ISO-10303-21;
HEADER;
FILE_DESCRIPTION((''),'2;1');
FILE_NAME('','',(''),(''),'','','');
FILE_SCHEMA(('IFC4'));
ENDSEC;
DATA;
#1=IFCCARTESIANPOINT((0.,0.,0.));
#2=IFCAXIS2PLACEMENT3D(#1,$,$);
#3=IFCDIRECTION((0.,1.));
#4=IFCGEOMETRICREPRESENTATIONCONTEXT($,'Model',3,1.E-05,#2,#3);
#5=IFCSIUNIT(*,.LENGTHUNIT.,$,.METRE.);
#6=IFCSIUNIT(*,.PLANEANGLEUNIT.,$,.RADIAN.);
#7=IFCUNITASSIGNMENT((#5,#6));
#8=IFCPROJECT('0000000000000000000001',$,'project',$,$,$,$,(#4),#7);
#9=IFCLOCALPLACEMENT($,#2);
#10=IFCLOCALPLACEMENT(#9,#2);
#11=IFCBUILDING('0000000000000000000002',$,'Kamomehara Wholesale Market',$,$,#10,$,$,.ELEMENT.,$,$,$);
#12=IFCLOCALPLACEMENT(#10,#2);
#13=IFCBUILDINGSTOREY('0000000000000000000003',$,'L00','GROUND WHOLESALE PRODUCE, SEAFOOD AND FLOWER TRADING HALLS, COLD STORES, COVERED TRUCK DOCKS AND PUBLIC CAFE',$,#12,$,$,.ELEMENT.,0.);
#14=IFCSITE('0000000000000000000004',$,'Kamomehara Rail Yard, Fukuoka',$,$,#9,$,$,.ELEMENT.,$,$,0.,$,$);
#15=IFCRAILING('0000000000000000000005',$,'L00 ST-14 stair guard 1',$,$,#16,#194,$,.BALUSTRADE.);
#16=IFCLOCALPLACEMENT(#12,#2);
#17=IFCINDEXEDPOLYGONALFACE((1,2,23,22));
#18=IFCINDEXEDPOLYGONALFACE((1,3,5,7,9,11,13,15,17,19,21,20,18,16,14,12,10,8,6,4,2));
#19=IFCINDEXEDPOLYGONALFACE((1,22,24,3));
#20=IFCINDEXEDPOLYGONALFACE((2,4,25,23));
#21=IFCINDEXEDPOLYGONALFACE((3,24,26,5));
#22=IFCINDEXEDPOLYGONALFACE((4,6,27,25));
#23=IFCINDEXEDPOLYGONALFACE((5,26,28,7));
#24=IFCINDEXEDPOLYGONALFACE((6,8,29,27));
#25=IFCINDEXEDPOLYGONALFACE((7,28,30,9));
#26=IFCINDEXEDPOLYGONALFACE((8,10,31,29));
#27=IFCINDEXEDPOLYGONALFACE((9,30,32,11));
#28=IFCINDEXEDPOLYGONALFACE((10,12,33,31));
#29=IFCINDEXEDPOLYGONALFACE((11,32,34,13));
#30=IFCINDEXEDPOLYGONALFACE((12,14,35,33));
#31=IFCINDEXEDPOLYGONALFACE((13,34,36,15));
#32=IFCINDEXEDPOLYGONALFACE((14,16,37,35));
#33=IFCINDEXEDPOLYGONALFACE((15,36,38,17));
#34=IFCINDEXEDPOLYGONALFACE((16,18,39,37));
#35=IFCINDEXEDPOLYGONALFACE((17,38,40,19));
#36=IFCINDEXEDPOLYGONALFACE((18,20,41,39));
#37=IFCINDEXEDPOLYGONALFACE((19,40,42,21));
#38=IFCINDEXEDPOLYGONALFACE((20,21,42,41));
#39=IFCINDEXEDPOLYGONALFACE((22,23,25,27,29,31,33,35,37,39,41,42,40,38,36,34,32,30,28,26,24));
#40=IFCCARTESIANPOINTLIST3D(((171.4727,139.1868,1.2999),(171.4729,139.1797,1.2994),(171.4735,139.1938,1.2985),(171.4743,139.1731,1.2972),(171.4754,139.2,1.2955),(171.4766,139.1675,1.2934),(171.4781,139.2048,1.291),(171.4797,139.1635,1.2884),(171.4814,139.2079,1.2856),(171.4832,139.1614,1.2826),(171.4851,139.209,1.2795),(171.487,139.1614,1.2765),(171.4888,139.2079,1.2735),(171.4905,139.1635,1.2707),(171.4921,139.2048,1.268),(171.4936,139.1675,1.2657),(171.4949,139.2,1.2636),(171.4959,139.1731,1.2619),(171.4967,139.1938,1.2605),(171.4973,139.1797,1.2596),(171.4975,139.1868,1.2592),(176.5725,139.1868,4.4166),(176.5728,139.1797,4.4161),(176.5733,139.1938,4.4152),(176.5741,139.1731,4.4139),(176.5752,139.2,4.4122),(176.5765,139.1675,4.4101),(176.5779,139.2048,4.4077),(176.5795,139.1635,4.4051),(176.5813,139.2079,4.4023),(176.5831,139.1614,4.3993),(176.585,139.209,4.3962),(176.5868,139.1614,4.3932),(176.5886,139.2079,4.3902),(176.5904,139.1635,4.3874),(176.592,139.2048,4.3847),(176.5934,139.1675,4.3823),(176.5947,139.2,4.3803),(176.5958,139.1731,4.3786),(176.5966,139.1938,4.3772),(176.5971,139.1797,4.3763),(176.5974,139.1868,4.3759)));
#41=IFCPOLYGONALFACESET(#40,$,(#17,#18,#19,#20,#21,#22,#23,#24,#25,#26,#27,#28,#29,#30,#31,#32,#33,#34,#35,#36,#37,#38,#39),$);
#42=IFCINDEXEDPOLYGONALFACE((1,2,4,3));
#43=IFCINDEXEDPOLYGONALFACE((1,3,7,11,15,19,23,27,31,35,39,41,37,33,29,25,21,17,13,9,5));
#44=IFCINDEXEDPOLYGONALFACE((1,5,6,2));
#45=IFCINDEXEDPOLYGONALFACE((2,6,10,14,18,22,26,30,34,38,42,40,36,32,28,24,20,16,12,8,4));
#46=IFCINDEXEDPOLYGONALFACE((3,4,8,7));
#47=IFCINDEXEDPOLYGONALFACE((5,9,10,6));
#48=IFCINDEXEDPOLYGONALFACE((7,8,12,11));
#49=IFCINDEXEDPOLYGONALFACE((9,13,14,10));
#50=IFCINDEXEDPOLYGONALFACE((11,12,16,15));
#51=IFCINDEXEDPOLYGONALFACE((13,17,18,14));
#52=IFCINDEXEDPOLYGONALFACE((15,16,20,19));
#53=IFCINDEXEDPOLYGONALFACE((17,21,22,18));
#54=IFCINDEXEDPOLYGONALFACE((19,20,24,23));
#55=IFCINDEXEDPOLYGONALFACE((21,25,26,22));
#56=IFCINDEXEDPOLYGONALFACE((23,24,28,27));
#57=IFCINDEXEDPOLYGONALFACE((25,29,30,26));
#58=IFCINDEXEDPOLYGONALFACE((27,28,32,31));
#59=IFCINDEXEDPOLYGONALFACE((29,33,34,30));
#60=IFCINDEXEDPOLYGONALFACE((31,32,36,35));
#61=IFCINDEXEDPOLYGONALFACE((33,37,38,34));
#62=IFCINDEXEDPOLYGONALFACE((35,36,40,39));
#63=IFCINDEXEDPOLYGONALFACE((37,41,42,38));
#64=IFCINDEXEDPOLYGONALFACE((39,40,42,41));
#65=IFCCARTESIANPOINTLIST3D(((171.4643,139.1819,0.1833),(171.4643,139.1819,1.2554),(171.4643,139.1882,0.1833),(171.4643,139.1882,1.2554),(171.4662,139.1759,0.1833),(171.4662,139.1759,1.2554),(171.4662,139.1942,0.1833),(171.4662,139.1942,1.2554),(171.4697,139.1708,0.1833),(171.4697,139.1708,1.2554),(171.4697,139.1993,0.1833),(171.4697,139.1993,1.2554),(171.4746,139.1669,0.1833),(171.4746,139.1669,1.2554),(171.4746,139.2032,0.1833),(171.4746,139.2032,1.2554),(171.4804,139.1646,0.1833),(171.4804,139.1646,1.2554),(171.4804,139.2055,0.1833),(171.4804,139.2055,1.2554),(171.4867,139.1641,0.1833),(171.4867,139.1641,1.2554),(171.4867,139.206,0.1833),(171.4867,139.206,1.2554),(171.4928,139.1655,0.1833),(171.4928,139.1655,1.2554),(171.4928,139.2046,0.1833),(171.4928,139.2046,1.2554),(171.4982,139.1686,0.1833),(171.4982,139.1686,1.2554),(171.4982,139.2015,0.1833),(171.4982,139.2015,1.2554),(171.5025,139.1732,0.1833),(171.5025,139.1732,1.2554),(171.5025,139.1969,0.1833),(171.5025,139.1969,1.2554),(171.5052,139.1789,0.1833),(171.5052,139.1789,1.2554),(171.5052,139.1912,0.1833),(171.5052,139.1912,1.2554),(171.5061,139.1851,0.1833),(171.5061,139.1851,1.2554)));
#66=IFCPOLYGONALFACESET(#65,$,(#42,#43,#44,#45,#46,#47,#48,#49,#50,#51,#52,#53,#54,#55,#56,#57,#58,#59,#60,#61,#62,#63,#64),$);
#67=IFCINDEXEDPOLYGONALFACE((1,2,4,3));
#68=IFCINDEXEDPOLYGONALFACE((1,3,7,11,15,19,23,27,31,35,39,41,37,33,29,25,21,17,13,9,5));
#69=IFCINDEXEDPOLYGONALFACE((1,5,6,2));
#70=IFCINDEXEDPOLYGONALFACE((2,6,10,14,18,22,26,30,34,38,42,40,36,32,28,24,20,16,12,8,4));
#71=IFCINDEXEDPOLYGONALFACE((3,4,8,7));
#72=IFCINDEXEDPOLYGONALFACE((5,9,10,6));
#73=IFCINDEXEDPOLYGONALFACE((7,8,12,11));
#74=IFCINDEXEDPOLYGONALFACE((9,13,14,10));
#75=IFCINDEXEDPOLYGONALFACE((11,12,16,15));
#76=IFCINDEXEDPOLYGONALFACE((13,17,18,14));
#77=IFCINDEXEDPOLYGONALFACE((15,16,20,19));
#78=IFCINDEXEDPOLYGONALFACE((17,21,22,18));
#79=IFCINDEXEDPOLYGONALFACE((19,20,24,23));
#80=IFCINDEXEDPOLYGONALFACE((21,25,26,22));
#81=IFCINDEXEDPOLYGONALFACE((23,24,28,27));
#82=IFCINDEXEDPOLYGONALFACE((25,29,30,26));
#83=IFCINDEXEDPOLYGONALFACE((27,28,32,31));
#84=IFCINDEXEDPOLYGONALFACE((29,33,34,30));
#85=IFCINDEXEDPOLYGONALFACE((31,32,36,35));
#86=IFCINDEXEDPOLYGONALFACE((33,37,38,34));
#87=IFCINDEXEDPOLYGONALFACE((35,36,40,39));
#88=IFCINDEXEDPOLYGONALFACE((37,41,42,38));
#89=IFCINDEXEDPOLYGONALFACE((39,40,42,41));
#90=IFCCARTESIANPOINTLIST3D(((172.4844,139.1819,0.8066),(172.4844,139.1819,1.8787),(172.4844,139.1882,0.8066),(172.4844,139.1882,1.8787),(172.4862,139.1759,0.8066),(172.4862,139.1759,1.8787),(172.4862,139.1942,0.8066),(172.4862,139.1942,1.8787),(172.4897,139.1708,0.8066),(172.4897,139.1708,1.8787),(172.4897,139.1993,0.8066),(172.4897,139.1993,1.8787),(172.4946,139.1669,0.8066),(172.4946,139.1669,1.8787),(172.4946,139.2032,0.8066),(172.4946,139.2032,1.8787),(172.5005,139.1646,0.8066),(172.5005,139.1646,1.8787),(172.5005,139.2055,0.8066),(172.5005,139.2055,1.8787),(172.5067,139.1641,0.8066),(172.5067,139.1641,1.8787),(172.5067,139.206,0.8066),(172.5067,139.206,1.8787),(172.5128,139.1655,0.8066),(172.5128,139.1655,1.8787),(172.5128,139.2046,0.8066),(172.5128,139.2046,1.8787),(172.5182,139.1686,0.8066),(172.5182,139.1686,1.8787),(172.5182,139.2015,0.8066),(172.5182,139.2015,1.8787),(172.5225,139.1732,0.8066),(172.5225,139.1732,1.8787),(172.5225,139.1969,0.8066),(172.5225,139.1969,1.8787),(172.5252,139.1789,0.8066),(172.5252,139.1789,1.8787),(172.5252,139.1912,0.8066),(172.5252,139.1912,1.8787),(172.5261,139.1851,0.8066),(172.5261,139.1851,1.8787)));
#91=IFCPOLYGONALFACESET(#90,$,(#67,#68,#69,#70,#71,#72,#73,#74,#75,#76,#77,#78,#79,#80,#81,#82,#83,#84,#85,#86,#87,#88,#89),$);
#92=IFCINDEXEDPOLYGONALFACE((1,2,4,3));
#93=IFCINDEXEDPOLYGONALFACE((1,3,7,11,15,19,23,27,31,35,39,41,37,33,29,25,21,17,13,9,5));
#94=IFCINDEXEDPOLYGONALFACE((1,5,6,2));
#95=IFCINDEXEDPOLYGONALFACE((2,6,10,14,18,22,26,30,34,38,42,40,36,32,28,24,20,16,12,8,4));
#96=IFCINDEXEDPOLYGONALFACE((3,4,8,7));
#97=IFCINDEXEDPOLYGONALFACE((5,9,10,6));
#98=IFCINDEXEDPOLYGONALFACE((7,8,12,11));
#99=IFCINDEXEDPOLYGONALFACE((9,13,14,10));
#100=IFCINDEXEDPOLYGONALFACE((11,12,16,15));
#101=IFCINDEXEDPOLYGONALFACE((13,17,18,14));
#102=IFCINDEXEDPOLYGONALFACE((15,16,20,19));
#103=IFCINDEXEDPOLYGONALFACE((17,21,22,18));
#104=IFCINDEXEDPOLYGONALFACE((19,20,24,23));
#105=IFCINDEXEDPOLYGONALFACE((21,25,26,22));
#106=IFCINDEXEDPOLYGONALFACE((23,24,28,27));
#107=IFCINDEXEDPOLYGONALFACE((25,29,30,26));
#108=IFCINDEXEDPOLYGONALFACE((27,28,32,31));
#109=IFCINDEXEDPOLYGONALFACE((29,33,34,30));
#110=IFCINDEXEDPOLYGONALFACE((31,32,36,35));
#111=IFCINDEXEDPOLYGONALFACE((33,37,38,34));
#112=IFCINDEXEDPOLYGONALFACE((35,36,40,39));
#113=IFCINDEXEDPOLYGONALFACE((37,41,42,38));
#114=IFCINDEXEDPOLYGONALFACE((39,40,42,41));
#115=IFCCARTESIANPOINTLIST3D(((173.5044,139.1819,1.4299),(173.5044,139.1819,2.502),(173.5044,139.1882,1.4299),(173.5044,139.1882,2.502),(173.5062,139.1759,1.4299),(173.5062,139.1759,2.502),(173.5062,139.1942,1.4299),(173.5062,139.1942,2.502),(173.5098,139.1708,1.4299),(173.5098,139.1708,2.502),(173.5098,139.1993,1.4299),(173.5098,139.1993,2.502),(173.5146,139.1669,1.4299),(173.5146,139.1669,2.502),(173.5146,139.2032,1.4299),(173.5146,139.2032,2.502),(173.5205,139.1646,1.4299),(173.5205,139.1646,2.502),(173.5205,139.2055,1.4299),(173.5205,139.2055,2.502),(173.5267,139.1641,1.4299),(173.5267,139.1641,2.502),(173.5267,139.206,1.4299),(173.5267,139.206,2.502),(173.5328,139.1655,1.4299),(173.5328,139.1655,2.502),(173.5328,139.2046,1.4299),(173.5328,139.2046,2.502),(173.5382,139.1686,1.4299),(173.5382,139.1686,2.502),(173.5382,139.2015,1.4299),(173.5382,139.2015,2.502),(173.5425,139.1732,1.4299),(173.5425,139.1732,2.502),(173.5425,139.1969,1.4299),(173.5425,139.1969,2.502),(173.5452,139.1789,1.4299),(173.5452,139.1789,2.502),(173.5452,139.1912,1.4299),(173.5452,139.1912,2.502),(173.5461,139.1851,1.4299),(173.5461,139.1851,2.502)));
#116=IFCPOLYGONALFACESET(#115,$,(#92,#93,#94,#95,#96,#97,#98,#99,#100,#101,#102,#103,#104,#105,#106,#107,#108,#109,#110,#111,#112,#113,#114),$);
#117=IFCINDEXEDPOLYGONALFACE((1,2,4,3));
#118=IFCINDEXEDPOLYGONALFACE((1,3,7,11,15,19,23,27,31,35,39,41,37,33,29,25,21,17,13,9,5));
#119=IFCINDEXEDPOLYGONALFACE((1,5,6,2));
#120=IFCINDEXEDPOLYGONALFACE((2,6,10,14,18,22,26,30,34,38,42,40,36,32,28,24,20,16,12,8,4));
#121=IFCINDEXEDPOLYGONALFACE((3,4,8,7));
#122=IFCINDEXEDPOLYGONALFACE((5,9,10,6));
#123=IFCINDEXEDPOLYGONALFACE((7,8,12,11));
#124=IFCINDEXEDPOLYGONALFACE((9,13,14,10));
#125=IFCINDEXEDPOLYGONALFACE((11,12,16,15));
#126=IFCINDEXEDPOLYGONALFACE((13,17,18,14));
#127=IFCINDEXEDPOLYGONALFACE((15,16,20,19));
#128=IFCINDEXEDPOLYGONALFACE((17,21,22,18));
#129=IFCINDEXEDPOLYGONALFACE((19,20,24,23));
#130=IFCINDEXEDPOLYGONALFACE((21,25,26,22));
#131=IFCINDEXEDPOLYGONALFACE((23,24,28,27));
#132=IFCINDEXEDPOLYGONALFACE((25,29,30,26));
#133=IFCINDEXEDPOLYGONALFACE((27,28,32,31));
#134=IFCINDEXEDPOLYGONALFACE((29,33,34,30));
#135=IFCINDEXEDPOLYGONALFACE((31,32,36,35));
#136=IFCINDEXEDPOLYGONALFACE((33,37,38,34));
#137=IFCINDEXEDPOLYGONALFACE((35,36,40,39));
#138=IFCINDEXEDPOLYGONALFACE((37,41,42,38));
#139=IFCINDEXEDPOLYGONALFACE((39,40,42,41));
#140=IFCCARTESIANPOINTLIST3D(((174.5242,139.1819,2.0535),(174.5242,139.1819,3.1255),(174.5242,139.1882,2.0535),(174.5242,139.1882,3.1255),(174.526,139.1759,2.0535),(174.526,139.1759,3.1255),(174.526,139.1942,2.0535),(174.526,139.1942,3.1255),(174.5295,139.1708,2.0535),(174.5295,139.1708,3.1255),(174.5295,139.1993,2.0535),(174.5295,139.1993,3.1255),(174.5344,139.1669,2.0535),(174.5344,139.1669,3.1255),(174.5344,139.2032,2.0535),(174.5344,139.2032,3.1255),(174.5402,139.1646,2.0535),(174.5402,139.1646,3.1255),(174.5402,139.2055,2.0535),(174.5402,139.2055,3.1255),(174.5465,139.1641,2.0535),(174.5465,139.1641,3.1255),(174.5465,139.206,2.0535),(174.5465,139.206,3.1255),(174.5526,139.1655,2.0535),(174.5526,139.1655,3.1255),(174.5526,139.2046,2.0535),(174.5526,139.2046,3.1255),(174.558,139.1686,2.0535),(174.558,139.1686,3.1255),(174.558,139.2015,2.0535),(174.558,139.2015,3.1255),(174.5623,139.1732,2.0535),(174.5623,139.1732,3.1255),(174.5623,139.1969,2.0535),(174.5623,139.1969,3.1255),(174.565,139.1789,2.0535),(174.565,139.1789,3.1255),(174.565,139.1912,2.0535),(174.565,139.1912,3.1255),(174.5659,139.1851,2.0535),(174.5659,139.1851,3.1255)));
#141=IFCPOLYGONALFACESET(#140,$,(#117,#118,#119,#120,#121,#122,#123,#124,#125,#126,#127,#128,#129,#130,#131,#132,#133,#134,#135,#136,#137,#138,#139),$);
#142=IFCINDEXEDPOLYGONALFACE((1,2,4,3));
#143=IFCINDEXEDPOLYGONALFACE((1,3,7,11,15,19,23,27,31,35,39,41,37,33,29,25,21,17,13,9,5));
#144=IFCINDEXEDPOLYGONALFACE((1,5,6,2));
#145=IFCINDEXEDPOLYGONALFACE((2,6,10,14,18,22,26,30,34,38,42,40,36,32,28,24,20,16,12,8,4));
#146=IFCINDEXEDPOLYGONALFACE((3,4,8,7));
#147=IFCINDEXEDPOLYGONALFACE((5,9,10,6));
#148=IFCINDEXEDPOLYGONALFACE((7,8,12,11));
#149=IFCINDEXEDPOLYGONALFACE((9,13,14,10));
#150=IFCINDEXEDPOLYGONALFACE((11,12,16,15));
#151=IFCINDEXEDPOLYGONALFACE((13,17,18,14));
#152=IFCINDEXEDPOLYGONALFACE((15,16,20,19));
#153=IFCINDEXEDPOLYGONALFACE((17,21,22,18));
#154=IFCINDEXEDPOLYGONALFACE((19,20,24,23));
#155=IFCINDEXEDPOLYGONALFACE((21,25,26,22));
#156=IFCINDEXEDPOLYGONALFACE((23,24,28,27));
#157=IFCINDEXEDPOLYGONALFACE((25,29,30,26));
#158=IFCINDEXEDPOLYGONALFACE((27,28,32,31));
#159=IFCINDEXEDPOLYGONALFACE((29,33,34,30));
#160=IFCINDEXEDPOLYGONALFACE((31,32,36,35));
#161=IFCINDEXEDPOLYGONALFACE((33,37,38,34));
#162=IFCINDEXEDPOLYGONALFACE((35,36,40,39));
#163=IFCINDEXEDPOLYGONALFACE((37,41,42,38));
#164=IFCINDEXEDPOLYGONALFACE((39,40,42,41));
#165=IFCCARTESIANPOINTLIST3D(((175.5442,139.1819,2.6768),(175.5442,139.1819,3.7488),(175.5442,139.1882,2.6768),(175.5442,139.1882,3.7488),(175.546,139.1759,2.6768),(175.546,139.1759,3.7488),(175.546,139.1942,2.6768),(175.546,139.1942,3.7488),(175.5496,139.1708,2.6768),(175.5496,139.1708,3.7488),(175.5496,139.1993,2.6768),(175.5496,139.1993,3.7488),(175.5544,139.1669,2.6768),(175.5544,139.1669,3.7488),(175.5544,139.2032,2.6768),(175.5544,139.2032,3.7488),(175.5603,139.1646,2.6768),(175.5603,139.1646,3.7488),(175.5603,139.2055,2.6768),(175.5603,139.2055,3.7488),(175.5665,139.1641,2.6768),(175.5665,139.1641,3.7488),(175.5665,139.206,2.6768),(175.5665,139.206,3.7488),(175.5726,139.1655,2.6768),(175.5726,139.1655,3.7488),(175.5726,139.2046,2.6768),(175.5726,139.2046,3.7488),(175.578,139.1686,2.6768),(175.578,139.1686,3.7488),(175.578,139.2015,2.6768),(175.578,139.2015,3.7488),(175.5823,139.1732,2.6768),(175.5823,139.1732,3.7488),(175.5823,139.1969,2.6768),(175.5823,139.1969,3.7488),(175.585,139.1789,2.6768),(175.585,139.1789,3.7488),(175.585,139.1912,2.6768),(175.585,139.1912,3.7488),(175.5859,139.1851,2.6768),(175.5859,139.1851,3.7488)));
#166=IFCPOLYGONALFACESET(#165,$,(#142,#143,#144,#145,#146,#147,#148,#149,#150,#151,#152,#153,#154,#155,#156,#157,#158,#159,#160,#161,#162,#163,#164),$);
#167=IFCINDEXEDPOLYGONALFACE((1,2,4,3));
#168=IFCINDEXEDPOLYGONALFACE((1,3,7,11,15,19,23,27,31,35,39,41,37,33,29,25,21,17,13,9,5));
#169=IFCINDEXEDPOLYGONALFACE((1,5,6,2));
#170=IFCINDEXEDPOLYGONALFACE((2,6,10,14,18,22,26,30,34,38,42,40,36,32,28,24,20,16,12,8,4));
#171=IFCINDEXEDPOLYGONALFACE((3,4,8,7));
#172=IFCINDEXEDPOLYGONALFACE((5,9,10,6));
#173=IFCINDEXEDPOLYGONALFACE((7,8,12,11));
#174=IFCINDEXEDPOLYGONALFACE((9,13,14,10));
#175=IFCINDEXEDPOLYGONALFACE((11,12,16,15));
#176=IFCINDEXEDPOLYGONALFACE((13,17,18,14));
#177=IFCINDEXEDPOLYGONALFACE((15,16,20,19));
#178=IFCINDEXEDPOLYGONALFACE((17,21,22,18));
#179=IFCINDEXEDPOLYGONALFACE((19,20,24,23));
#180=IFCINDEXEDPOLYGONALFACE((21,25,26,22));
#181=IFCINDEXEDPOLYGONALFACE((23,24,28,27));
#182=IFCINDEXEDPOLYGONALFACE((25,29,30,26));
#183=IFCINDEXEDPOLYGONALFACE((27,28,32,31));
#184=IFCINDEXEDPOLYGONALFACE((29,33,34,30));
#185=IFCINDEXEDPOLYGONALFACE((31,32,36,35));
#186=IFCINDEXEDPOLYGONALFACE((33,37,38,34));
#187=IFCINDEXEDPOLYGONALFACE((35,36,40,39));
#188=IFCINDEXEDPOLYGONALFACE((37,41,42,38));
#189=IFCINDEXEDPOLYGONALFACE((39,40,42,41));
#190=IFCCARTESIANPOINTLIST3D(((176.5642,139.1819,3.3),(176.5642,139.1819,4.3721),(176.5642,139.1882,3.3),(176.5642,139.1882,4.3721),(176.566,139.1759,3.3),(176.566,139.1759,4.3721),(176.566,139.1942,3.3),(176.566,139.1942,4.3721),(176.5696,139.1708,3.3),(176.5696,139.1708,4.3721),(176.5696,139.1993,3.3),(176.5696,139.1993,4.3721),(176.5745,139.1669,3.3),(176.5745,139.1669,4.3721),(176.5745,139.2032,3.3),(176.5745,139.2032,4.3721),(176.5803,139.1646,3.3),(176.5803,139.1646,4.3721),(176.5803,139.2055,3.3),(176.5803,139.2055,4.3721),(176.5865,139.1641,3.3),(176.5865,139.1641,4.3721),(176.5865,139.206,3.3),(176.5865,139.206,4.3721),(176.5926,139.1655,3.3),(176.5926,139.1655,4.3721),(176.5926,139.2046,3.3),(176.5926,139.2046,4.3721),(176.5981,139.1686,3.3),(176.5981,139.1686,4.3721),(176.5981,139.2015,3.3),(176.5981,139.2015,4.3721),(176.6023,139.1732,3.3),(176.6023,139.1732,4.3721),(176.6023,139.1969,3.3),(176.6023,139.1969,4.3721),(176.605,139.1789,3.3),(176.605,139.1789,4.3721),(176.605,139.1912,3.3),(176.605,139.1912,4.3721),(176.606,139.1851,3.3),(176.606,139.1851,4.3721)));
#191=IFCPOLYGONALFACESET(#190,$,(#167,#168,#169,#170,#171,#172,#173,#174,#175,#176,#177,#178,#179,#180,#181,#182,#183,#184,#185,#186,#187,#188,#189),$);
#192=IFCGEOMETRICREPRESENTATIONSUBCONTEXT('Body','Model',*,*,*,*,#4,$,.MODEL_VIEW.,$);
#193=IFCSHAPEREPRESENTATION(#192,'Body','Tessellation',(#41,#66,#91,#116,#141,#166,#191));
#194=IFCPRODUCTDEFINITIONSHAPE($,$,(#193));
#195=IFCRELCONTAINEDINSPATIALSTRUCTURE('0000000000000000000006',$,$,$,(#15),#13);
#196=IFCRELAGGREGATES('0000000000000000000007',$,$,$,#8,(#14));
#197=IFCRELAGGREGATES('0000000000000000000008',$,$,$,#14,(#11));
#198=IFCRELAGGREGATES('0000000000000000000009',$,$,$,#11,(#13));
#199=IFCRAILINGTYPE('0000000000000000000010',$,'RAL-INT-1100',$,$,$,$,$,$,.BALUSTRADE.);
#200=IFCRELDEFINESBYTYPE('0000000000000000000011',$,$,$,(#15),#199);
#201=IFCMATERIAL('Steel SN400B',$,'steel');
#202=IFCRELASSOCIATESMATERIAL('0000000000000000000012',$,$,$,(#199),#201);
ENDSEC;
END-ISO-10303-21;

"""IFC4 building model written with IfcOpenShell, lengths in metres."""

from ifc_helpers import new_model, si_unit, direction, frame, origin, origin_2d, place, context, subcontext, project, spatial, circle, extrude, material, type_object, element, save


model = new_model("IFC4")

# Units and contexts
model_context = context("Model", 3, precision=1e-05, world=origin(), true_north=direction((0.0, 1.0)))
body_context = subcontext(model_context, "Body", "Model", "MODEL_VIEW")
ifc_project = project(units=[si_unit("LENGTHUNIT", "METRE"), si_unit("PLANEANGLEUNIT", "RADIAN")], contexts=[model_context])

# Site, building, storey
site_placement = place(None, origin())
site = spatial("IfcSite", under=ifc_project, at=site_placement, Name="Kamomehara Rail Yard, Fukuoka", CompositionType="ELEMENT", RefElevation=0.0)
building_placement = place(site_placement, origin())
building = spatial("IfcBuilding", under=site, at=building_placement, Name="Kamomehara Wholesale Market", CompositionType="ELEMENT")
storey_placement = place(building_placement, origin())
storey = spatial("IfcBuildingStorey", under=building, at=storey_placement, Name="L00", Description="GROUND WHOLESALE PRODUCE, SEAFOOD AND FLOWER TRADING HALLS, COLD STORES, COVERED TRUCK DOCKS AND PUBLIC CAFE", CompositionType="ELEMENT", Elevation=0.0)

# Railing
ifc_material_1 = material(Name="Steel SN400B", Category="steel")
railing_type_1 = type_object("IfcRailingType", Name="RAL-INT-1100", PredefinedType="BALUSTRADE", material=ifc_material_1)
railing_1_placement = place(storey_placement, frame((171.4851, 139.1851, 0.1833)))
element("IfcRailing", 1, at=railing_1_placement, inside=storey, type_object=railing_type_1, Name="L00 ST-14 stair guard 1", PredefinedType="BALUSTRADE", context=body_context, shape_type="SweptSolid", body=[
    extrude(circle(Radius=0.0239, at=origin_2d()), frame((0.0, 0.0, 1.0962), z_axis=(0.853273, 0.0, 0.521465), x_axis=(0.0, 1.0, 0.0)), (0.0, 0.0, 1.0), 5.9768),
    extrude(circle(Radius=0.021, at=origin_2d()), origin(), (0.0, 0.0, 1.0), 1.072),
    extrude(circle(Radius=0.021, at=origin_2d()), frame((1.02, 0.0, 0.6233)), (0.0, 0.0, 1.0), 1.072),
    extrude(circle(Radius=0.021, at=origin_2d()), frame((2.04, 0.0, 1.2466)), (0.0, 0.0, 1.0), 1.072),
    extrude(circle(Radius=0.021, at=origin_2d()), frame((3.0598, 0.0, 1.8701)), (0.0, 0.0, 1.0), 1.072),
    extrude(circle(Radius=0.021, at=origin_2d()), frame((4.0798, 0.0, 2.4934)), (0.0, 0.0, 1.0), 1.072),
    extrude(circle(Radius=0.021, at=origin_2d()), frame((5.0999, 0.0, 3.1167)), (0.0, 0.0, 1.0), 1.072),
])

save(model, "model.ifc")
